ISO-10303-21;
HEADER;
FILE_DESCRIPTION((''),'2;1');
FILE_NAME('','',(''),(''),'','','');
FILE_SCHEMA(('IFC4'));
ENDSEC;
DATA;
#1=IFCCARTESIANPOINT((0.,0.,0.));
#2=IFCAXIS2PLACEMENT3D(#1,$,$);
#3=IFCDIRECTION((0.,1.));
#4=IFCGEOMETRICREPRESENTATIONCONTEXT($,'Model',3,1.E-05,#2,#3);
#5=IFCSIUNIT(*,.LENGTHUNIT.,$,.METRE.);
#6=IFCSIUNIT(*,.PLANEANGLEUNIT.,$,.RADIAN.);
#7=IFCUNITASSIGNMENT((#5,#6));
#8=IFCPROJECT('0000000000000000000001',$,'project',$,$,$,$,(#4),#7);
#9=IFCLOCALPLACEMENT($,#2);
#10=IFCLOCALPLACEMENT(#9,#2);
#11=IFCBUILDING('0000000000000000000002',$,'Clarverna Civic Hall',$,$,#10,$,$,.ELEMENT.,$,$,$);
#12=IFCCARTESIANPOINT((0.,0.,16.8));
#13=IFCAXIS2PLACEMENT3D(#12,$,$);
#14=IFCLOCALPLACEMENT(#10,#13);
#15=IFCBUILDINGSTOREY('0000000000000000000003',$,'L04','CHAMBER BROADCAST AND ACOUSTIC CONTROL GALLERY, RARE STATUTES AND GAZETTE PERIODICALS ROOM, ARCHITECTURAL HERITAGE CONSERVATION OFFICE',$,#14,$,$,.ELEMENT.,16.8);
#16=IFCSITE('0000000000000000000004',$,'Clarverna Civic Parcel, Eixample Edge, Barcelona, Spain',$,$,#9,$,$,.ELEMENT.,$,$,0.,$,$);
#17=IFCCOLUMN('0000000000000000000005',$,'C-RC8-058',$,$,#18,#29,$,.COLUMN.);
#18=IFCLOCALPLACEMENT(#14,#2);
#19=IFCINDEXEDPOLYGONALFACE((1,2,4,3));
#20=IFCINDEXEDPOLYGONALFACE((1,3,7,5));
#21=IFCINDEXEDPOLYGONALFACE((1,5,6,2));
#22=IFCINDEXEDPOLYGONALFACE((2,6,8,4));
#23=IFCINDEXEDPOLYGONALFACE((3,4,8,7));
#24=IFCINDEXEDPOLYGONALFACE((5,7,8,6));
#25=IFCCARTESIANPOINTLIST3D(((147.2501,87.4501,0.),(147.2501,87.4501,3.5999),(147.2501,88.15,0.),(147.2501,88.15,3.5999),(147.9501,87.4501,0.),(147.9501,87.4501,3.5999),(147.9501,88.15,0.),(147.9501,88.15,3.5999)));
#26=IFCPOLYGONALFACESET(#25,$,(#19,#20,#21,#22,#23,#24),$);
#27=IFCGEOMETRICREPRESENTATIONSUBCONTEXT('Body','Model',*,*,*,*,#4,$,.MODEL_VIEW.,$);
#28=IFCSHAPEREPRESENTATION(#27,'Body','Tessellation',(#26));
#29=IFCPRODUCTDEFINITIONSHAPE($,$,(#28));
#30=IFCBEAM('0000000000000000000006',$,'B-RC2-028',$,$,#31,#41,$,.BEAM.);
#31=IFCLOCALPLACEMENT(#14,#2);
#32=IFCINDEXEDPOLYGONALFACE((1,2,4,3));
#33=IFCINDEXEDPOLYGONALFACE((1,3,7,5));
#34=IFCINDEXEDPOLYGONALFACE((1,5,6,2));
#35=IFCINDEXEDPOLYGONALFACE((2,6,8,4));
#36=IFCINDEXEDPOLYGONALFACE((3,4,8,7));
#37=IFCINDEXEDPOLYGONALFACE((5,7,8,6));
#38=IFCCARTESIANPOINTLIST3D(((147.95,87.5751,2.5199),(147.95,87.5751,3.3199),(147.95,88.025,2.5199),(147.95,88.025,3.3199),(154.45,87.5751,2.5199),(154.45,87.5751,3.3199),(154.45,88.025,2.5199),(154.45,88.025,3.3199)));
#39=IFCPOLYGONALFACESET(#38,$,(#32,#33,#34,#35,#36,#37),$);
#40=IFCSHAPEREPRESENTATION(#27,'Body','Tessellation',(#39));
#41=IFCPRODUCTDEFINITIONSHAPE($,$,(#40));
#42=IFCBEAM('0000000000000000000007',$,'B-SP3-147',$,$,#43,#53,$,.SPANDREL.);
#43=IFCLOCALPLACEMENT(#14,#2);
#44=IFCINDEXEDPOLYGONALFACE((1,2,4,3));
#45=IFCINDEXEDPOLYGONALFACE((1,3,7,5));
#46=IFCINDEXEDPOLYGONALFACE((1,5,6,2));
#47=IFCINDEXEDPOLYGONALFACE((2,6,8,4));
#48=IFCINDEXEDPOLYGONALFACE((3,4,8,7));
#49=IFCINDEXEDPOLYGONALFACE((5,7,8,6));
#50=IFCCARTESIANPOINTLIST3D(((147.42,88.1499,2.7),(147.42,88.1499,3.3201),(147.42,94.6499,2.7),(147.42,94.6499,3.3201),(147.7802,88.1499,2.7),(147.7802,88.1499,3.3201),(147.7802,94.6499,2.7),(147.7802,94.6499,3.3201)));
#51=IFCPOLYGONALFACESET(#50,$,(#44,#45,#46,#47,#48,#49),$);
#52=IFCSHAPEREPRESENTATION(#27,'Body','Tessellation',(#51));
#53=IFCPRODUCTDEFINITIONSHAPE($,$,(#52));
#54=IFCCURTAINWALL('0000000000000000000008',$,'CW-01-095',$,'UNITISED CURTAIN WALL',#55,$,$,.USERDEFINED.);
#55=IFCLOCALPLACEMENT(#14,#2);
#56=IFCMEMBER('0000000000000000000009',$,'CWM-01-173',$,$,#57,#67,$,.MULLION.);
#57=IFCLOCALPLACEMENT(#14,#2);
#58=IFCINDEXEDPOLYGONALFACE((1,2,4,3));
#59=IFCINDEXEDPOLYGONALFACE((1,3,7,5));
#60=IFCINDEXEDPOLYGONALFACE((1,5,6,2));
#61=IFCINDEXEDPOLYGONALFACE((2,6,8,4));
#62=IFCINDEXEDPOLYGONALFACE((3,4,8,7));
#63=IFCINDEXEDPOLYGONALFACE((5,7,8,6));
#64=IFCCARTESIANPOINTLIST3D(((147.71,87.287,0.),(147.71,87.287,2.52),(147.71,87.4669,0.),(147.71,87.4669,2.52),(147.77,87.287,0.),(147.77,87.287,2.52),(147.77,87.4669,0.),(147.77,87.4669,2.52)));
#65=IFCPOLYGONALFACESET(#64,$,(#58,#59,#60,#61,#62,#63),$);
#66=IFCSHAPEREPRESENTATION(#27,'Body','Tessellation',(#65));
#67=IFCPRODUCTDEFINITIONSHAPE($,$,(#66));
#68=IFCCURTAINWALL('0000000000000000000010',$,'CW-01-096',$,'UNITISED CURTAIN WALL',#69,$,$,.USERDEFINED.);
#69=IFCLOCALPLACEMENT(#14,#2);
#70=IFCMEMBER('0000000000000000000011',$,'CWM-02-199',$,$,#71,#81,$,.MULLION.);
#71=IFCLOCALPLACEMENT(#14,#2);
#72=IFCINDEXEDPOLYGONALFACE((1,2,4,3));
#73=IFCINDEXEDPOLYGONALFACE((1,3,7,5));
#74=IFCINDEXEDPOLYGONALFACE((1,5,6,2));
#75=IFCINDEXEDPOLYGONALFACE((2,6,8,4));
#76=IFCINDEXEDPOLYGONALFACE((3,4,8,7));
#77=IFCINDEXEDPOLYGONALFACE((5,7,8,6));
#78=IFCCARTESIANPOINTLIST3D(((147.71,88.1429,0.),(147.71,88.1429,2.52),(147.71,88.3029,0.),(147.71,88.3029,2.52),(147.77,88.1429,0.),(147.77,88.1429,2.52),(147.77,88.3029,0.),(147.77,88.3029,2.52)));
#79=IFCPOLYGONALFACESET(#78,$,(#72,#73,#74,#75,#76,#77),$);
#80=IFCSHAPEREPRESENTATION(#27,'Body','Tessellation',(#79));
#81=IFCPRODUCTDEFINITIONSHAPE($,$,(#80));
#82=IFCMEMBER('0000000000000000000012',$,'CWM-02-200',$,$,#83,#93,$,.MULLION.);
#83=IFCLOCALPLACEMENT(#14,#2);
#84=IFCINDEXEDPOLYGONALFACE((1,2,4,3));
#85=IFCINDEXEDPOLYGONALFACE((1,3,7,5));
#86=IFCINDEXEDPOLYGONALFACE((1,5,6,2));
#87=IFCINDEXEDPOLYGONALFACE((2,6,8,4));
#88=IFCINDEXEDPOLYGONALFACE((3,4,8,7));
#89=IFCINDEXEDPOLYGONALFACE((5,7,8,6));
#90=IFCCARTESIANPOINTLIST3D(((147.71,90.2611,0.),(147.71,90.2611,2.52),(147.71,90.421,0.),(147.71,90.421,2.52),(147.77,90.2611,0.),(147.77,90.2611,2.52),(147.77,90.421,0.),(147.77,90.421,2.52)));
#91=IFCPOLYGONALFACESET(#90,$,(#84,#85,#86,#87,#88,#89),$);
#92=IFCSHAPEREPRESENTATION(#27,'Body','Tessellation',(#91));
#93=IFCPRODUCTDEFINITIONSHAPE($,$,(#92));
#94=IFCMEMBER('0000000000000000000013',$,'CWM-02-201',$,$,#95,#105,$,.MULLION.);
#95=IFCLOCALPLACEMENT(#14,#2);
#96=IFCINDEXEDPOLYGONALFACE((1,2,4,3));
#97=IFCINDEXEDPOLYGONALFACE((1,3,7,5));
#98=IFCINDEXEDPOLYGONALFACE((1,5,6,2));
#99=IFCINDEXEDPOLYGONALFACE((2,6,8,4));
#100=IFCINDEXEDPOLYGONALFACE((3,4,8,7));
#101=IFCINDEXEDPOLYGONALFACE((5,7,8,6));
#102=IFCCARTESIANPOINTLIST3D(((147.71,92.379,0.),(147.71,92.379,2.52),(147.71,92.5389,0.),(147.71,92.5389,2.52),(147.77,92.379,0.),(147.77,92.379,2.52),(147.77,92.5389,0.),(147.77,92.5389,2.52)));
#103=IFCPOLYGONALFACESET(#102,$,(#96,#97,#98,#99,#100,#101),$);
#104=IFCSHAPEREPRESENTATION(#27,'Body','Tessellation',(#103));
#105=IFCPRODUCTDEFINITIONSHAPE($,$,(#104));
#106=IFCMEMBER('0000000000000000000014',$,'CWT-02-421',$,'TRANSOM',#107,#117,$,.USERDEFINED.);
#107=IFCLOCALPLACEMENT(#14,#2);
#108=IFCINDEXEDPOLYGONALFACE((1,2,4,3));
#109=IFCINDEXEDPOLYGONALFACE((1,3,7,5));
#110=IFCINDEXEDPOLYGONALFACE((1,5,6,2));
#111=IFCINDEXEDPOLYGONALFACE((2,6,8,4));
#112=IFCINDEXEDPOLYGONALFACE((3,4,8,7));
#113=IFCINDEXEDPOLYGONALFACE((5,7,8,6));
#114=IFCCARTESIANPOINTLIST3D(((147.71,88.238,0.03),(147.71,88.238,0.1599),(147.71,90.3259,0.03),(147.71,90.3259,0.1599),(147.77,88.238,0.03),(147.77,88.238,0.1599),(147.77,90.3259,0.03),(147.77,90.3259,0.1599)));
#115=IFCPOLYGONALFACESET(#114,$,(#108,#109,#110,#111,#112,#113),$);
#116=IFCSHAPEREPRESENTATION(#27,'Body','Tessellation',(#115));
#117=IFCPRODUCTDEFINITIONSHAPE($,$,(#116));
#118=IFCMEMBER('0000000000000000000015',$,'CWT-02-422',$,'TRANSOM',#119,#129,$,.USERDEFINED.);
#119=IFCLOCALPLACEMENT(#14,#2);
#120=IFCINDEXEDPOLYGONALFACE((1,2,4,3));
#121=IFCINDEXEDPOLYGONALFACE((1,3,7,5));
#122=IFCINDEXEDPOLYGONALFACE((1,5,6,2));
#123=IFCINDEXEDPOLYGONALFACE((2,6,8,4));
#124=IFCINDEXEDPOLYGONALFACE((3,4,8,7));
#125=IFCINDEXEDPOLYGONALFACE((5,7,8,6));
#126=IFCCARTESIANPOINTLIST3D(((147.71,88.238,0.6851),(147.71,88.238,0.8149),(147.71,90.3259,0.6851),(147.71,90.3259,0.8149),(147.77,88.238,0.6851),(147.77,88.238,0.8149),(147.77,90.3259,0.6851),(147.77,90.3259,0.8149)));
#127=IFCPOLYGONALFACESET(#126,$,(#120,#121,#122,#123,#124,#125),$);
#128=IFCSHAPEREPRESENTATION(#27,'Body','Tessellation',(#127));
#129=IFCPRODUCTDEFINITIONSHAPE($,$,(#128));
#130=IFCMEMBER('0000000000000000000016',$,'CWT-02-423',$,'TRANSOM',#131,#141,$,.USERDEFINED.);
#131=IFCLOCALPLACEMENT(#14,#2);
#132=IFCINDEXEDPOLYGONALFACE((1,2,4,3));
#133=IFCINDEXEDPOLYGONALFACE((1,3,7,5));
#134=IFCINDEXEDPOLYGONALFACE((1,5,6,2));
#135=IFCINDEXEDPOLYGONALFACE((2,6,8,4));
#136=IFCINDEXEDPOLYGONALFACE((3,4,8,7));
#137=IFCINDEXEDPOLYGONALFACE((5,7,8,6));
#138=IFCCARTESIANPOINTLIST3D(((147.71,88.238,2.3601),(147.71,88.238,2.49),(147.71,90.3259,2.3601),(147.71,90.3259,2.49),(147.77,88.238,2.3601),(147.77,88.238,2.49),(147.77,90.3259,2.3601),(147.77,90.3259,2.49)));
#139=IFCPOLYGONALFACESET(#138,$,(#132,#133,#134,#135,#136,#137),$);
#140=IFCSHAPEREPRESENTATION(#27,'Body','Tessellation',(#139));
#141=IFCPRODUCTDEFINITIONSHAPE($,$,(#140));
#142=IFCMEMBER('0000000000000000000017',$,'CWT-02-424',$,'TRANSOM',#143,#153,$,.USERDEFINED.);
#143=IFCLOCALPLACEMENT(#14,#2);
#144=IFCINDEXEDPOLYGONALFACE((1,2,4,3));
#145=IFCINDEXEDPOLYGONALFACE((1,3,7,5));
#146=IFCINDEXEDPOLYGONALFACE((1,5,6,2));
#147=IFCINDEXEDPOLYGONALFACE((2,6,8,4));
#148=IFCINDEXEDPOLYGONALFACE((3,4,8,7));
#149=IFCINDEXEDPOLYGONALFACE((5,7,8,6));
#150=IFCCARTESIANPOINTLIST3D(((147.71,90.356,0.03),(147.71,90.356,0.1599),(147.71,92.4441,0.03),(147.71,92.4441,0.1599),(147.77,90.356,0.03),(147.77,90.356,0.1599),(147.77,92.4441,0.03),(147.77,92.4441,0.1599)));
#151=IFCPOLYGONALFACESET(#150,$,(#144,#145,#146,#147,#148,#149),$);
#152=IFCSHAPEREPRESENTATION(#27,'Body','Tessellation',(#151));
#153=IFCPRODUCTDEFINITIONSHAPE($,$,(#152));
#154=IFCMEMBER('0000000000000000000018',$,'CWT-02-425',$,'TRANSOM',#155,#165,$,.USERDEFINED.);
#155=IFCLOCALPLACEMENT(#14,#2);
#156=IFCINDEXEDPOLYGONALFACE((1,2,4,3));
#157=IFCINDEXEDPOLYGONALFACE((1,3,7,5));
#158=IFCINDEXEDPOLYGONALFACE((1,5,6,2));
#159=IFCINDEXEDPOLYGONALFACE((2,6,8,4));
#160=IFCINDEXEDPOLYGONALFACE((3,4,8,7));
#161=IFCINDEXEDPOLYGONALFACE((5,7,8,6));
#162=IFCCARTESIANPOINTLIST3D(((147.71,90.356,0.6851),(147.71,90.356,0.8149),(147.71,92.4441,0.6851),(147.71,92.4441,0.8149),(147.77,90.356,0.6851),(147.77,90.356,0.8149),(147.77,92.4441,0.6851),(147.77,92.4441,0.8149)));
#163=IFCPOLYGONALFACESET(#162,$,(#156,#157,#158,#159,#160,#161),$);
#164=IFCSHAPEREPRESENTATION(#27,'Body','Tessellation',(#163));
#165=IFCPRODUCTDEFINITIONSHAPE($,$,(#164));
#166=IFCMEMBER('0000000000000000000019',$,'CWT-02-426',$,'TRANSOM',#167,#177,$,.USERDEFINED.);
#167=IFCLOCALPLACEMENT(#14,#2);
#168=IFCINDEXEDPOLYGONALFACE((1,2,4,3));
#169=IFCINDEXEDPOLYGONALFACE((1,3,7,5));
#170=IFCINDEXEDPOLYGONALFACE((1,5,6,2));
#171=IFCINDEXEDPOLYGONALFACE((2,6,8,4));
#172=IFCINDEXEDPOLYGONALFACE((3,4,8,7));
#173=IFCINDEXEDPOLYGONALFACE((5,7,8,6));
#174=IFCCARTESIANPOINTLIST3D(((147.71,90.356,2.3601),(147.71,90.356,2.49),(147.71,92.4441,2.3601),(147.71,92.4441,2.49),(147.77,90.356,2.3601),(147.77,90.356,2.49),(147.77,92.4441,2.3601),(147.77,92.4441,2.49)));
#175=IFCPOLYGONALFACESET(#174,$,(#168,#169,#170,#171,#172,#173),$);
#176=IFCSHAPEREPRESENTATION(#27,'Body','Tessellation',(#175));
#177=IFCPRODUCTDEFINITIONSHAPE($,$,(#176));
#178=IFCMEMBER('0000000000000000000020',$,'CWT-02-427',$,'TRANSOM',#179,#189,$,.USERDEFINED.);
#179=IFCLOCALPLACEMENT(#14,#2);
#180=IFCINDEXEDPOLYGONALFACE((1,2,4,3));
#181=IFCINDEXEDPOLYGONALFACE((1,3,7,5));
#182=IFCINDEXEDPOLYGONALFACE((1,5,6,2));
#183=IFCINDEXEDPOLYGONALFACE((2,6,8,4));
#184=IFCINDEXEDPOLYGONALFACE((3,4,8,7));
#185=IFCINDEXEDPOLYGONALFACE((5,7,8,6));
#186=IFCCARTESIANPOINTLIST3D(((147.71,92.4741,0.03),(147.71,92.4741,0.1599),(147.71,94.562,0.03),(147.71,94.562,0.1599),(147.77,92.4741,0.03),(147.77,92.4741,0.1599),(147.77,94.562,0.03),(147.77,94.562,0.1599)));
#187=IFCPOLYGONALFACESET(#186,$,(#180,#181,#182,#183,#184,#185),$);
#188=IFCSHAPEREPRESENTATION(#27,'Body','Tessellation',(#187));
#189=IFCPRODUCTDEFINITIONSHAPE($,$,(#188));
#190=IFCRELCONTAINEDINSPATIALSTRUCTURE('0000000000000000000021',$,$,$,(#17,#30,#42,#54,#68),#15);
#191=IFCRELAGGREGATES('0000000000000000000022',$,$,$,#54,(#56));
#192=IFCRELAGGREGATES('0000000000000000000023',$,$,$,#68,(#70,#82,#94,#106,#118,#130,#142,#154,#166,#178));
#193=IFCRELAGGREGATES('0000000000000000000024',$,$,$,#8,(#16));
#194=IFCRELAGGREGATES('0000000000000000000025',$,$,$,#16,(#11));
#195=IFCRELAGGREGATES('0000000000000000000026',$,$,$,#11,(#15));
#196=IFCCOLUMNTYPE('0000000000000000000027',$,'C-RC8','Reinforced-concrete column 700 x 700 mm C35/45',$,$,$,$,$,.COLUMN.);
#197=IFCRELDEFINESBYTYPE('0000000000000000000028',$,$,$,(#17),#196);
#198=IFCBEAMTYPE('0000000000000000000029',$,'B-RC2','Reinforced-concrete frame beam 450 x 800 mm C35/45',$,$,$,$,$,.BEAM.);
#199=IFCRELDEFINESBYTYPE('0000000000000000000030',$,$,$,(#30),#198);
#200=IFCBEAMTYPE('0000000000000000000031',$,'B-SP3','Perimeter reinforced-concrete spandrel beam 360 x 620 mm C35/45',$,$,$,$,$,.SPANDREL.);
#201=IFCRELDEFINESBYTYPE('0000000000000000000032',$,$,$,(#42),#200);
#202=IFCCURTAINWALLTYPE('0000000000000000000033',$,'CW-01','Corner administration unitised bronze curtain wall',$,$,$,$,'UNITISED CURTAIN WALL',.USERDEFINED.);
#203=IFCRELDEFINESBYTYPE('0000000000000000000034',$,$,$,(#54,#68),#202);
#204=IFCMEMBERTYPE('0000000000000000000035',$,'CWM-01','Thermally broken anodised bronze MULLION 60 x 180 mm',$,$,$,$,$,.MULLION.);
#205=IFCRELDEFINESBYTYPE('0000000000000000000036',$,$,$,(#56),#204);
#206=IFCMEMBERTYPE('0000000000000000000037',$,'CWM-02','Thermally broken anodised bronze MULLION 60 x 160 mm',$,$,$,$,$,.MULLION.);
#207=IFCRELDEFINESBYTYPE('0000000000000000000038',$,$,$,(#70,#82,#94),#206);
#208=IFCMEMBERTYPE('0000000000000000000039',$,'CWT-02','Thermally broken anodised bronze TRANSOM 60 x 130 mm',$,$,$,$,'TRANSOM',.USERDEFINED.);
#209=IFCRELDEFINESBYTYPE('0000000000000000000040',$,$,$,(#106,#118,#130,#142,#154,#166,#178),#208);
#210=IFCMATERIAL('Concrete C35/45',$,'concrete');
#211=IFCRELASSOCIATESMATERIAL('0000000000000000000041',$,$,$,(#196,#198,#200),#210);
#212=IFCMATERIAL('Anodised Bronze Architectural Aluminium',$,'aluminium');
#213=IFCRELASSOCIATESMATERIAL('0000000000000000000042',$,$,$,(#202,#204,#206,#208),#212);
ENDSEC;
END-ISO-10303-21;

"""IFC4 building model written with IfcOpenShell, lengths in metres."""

from ifc_helpers import new_model, si_unit, direction, frame, origin, origin_2d, place, context, subcontext, project, spatial, rectangle, extrude, material, material_profile, profile_set, type_object, element, aggregate, save


model = new_model("IFC4")

# Units and contexts
model_context = context("Model", 3, precision=1e-05, world=origin(), true_north=direction((0.0, 1.0)))
body_context = subcontext(model_context, "Body", "Model", "MODEL_VIEW")
ifc_project = project(units=[si_unit("LENGTHUNIT", "METRE"), si_unit("PLANEANGLEUNIT", "RADIAN")], contexts=[model_context])

# Site, building, storey
site_placement = place(None, origin())
site = spatial("IfcSite", under=ifc_project, at=site_placement, Name="Clarverna Civic Parcel, Eixample Edge, Barcelona, Spain", CompositionType="ELEMENT", RefElevation=0.0)
building_placement = place(site_placement, origin())
building = spatial("IfcBuilding", under=site, at=building_placement, Name="Clarverna Civic Hall", CompositionType="ELEMENT")
storey_placement = place(building_placement, frame((0.0, 0.0, 16.8)))
storey = spatial("IfcBuildingStorey", under=building, at=storey_placement, Name="L04", Description="CHAMBER BROADCAST AND ACOUSTIC CONTROL GALLERY, RARE STATUTES AND GAZETTE PERIODICALS ROOM, ARCHITECTURAL HERITAGE CONSERVATION OFFICE", CompositionType="ELEMENT", Elevation=16.8)

# Column
ifc_material_1 = material(Name="Concrete C35/45", Category="concrete")
ifc_material_profile_1 = material_profile(ifc_material_1, rectangle(XDim=0.7, YDim=0.7, at=origin_2d()), Name="RC 700x700")
ifc_profile_set_1 = profile_set([ifc_material_profile_1], Name="Concrete C35/45")
column_type = type_object("IfcColumnType", Name="C-RC8", Description="Reinforced-concrete column 700 x 700 mm C35/45", PredefinedType="COLUMN", material=ifc_profile_set_1)
column_placement = place(storey_placement, frame((147.6001, 87.8, 0.0), z_axis=(0.0, 0.0, 1.0), x_axis=(1.0, 0.0, 0.0)))
element("IfcColumn", 1, at=column_placement, inside=storey, type_object=column_type, Name="C-RC8-058", PredefinedType="COLUMN", context=body_context, shape_type="SweptSolid", body=[
    extrude(rectangle(XDim=0.7, YDim=0.7, at=origin_2d()), origin(), (0.0, 0.0, 1.0), 3.5999),
])

# Beams
ifc_material_profile_2 = material_profile(ifc_material_1, rectangle(XDim=0.45, YDim=0.8, at=origin_2d()), Name="RC 450x800")
ifc_profile_set_2 = profile_set([ifc_material_profile_2], Name="Concrete C35/45")
beam_type_1 = type_object("IfcBeamType", Name="B-RC2", Description="Reinforced-concrete frame beam 450 x 800 mm C35/45", PredefinedType="BEAM", material=ifc_profile_set_2)
beam_1_placement = place(storey_placement, frame((147.95, 87.8, 2.9199), z_axis=(1.0, 0.0, 0.0), x_axis=(0.0, 1.0, 0.0)))
element("IfcBeam", 2, at=beam_1_placement, inside=storey, type_object=beam_type_1, Name="B-RC2-028", PredefinedType="BEAM", context=body_context, shape_type="SweptSolid", body=[
    extrude(rectangle(XDim=0.45, YDim=0.8, at=origin_2d()), origin(), (0.0, 0.0, 1.0), 6.5),
])
ifc_material_profile_3 = material_profile(ifc_material_1, rectangle(XDim=0.3601, YDim=0.6201, at=origin_2d()), Name="RC 360x620")
ifc_profile_set_3 = profile_set([ifc_material_profile_3], Name="Concrete C35/45")
beam_type_2 = type_object("IfcBeamType", Name="B-SP3", Description="Perimeter reinforced-concrete spandrel beam 360 x 620 mm C35/45", PredefinedType="SPANDREL", material=ifc_profile_set_3)
beam_2_placement = place(storey_placement, frame((147.6001, 88.1499, 3.01), z_axis=(0.0, 1.0, 0.0), x_axis=(-1.0, 0.0, 0.0)))
element("IfcBeam", 3, at=beam_2_placement, inside=storey, type_object=beam_type_2, Name="B-SP3-147", PredefinedType="SPANDREL", context=body_context, shape_type="SweptSolid", body=[
    extrude(rectangle(XDim=0.3601, YDim=0.6201, at=origin_2d()), origin(), (0.0, 0.0, 1.0), 6.5),
])

# Curtain wall, member
ifc_material_2 = material(Name="Anodised Bronze Architectural Aluminium", Category="aluminium")
curtain_wall_type = type_object("IfcCurtainWallType", Name="CW-01", Description="Corner administration unitised bronze curtain wall", ElementType="UNITISED CURTAIN WALL", PredefinedType="USERDEFINED", material=ifc_material_2)
curtain_wall_1_placement = place(storey_placement, origin())
curtain_wall_1 = element("IfcCurtainWall", 4, at=curtain_wall_1_placement, inside=storey, type_object=curtain_wall_type, Name="CW-01-095", ObjectType="UNITISED CURTAIN WALL", PredefinedType="USERDEFINED")
ifc_material_profile_4 = material_profile(ifc_material_2, rectangle(XDim=0.0601, YDim=0.1799, at=origin_2d()), Name="BRONZE 60x180")
ifc_profile_set_4 = profile_set([ifc_material_profile_4], Name="Anodised Bronze Architectural Aluminium")
member_type_1 = type_object("IfcMemberType", Name="CWM-01", Description="Thermally broken anodised bronze MULLION 60 x 180 mm", PredefinedType="MULLION", material=ifc_profile_set_4)
member_1_placement = place(storey_placement, frame((147.74, 87.377, 0.0), z_axis=(0.0, 0.0, 1.0), x_axis=(1.0, 0.0, 0.0)))
member_1 = element("IfcMember", 5, at=member_1_placement, type_object=member_type_1, Name="CWM-01-173", PredefinedType="MULLION", context=body_context, shape_type="SweptSolid", body=[
    extrude(rectangle(XDim=0.0601, YDim=0.1799, at=origin_2d()), origin(), (0.0, 0.0, 1.0), 2.52),
])

# Curtain wall, members
curtain_wall_2_placement = place(storey_placement, origin())
curtain_wall_2 = element("IfcCurtainWall", 6, at=curtain_wall_2_placement, inside=storey, type_object=curtain_wall_type, Name="CW-01-096", ObjectType="UNITISED CURTAIN WALL", PredefinedType="USERDEFINED")
ifc_material_profile_5 = material_profile(ifc_material_2, rectangle(XDim=0.0601, YDim=0.1599, at=origin_2d()), Name="BRONZE 60x160")
ifc_profile_set_5 = profile_set([ifc_material_profile_5], Name="Anodised Bronze Architectural Aluminium")
member_type_2 = type_object("IfcMemberType", Name="CWM-02", Description="Thermally broken anodised bronze MULLION 60 x 160 mm", PredefinedType="MULLION", material=ifc_profile_set_5)
member_2_placement = place(storey_placement, frame((147.74, 88.2229, 0.0), z_axis=(0.0, 0.0, 1.0), x_axis=(1.0, 0.0, 0.0)))
member_2 = element("IfcMember", 7, at=member_2_placement, type_object=member_type_2, Name="CWM-02-199", PredefinedType="MULLION", context=body_context, shape_type="SweptSolid", body=[
    extrude(rectangle(XDim=0.0601, YDim=0.1599, at=origin_2d()), origin(), (0.0, 0.0, 1.0), 2.52),
])
member_3_placement = place(storey_placement, frame((147.74, 90.3411, 0.0), z_axis=(0.0, 0.0, 1.0), x_axis=(1.0, 0.0, 0.0)))
member_3 = element("IfcMember", 8, at=member_3_placement, type_object=member_type_2, Name="CWM-02-200", PredefinedType="MULLION", context=body_context, shape_type="SweptSolid", body=[
    extrude(rectangle(XDim=0.0601, YDim=0.1599, at=origin_2d()), origin(), (0.0, 0.0, 1.0), 2.52),
])
member_4_placement = place(storey_placement, frame((147.74, 92.459, 0.0), z_axis=(0.0, 0.0, 1.0), x_axis=(1.0, 0.0, 0.0)))
member_4 = element("IfcMember", 9, at=member_4_placement, type_object=member_type_2, Name="CWM-02-201", PredefinedType="MULLION", context=body_context, shape_type="SweptSolid", body=[
    extrude(rectangle(XDim=0.0601, YDim=0.1599, at=origin_2d()), origin(), (0.0, 0.0, 1.0), 2.52),
])
ifc_material_profile_6 = material_profile(ifc_material_2, rectangle(XDim=0.0601, YDim=0.1299, at=origin_2d()), Name="BRONZE 60x130")
ifc_profile_set_6 = profile_set([ifc_material_profile_6], Name="Anodised Bronze Architectural Aluminium")
member_type_3 = type_object("IfcMemberType", Name="CWT-02", Description="Thermally broken anodised bronze TRANSOM 60 x 130 mm", ElementType="TRANSOM", PredefinedType="USERDEFINED", material=ifc_profile_set_6)
member_5_placement = place(storey_placement, frame((147.74, 88.238, 0.095), z_axis=(0.0, 1.0, 0.0), x_axis=(-1.0, 0.0, 0.0)))
member_5 = element("IfcMember", 10, at=member_5_placement, type_object=member_type_3, Name="CWT-02-421", ObjectType="TRANSOM", PredefinedType="USERDEFINED", context=body_context, shape_type="SweptSolid", body=[
    extrude(rectangle(XDim=0.0601, YDim=0.1299, at=origin_2d()), origin(), (0.0, 0.0, 1.0), 2.0879),
])
member_6_placement = place(storey_placement, frame((147.74, 88.238, 0.75), z_axis=(0.0, 1.0, 0.0), x_axis=(-1.0, 0.0, 0.0)))
member_6 = element("IfcMember", 11, at=member_6_placement, type_object=member_type_3, Name="CWT-02-422", ObjectType="TRANSOM", PredefinedType="USERDEFINED", context=body_context, shape_type="SweptSolid", body=[
    extrude(rectangle(XDim=0.0601, YDim=0.1299, at=origin_2d()), origin(), (0.0, 0.0, 1.0), 2.0879),
])
member_7_placement = place(storey_placement, frame((147.74, 88.238, 2.425), z_axis=(0.0, 1.0, 0.0), x_axis=(-1.0, 0.0, 0.0)))
member_7 = element("IfcMember", 12, at=member_7_placement, type_object=member_type_3, Name="CWT-02-423", ObjectType="TRANSOM", PredefinedType="USERDEFINED", context=body_context, shape_type="SweptSolid", body=[
    extrude(rectangle(XDim=0.0601, YDim=0.1299, at=origin_2d()), origin(), (0.0, 0.0, 1.0), 2.0879),
])
member_8_placement = place(storey_placement, frame((147.74, 90.356, 0.095), z_axis=(0.0, 1.0, 0.0), x_axis=(-1.0, 0.0, 0.0)))
member_8 = element("IfcMember", 13, at=member_8_placement, type_object=member_type_3, Name="CWT-02-424", ObjectType="TRANSOM", PredefinedType="USERDEFINED", context=body_context, shape_type="SweptSolid", body=[
    extrude(rectangle(XDim=0.0601, YDim=0.1299, at=origin_2d()), origin(), (0.0, 0.0, 1.0), 2.0881),
])
member_9_placement = place(storey_placement, frame((147.74, 90.356, 0.75), z_axis=(0.0, 1.0, 0.0), x_axis=(-1.0, 0.0, 0.0)))
member_9 = element("IfcMember", 14, at=member_9_placement, type_object=member_type_3, Name="CWT-02-425", ObjectType="TRANSOM", PredefinedType="USERDEFINED", context=body_context, shape_type="SweptSolid", body=[
    extrude(rectangle(XDim=0.0601, YDim=0.1299, at=origin_2d()), origin(), (0.0, 0.0, 1.0), 2.0881),
])
member_10_placement = place(storey_placement, frame((147.74, 90.356, 2.425), z_axis=(0.0, 1.0, 0.0), x_axis=(-1.0, 0.0, 0.0)))
member_10 = element("IfcMember", 15, at=member_10_placement, type_object=member_type_3, Name="CWT-02-426", ObjectType="TRANSOM", PredefinedType="USERDEFINED", context=body_context, shape_type="SweptSolid", body=[
    extrude(rectangle(XDim=0.0601, YDim=0.1299, at=origin_2d()), origin(), (0.0, 0.0, 1.0), 2.0881),
])
member_11_placement = place(storey_placement, frame((147.74, 92.4741, 0.095), z_axis=(0.0, 1.0, 0.0), x_axis=(-1.0, 0.0, 0.0)))
member_11 = element("IfcMember", 16, at=member_11_placement, type_object=member_type_3, Name="CWT-02-427", ObjectType="TRANSOM", PredefinedType="USERDEFINED", context=body_context, shape_type="SweptSolid", body=[
    extrude(rectangle(XDim=0.0601, YDim=0.1299, at=origin_2d()), origin(), (0.0, 0.0, 1.0), 2.0879),
])

aggregate(curtain_wall_1, [member_1])
aggregate(curtain_wall_2, [member_2, member_3, member_4, member_5, member_6, member_7, member_8, member_9, member_10, member_11])

save(model, "model.ifc")
